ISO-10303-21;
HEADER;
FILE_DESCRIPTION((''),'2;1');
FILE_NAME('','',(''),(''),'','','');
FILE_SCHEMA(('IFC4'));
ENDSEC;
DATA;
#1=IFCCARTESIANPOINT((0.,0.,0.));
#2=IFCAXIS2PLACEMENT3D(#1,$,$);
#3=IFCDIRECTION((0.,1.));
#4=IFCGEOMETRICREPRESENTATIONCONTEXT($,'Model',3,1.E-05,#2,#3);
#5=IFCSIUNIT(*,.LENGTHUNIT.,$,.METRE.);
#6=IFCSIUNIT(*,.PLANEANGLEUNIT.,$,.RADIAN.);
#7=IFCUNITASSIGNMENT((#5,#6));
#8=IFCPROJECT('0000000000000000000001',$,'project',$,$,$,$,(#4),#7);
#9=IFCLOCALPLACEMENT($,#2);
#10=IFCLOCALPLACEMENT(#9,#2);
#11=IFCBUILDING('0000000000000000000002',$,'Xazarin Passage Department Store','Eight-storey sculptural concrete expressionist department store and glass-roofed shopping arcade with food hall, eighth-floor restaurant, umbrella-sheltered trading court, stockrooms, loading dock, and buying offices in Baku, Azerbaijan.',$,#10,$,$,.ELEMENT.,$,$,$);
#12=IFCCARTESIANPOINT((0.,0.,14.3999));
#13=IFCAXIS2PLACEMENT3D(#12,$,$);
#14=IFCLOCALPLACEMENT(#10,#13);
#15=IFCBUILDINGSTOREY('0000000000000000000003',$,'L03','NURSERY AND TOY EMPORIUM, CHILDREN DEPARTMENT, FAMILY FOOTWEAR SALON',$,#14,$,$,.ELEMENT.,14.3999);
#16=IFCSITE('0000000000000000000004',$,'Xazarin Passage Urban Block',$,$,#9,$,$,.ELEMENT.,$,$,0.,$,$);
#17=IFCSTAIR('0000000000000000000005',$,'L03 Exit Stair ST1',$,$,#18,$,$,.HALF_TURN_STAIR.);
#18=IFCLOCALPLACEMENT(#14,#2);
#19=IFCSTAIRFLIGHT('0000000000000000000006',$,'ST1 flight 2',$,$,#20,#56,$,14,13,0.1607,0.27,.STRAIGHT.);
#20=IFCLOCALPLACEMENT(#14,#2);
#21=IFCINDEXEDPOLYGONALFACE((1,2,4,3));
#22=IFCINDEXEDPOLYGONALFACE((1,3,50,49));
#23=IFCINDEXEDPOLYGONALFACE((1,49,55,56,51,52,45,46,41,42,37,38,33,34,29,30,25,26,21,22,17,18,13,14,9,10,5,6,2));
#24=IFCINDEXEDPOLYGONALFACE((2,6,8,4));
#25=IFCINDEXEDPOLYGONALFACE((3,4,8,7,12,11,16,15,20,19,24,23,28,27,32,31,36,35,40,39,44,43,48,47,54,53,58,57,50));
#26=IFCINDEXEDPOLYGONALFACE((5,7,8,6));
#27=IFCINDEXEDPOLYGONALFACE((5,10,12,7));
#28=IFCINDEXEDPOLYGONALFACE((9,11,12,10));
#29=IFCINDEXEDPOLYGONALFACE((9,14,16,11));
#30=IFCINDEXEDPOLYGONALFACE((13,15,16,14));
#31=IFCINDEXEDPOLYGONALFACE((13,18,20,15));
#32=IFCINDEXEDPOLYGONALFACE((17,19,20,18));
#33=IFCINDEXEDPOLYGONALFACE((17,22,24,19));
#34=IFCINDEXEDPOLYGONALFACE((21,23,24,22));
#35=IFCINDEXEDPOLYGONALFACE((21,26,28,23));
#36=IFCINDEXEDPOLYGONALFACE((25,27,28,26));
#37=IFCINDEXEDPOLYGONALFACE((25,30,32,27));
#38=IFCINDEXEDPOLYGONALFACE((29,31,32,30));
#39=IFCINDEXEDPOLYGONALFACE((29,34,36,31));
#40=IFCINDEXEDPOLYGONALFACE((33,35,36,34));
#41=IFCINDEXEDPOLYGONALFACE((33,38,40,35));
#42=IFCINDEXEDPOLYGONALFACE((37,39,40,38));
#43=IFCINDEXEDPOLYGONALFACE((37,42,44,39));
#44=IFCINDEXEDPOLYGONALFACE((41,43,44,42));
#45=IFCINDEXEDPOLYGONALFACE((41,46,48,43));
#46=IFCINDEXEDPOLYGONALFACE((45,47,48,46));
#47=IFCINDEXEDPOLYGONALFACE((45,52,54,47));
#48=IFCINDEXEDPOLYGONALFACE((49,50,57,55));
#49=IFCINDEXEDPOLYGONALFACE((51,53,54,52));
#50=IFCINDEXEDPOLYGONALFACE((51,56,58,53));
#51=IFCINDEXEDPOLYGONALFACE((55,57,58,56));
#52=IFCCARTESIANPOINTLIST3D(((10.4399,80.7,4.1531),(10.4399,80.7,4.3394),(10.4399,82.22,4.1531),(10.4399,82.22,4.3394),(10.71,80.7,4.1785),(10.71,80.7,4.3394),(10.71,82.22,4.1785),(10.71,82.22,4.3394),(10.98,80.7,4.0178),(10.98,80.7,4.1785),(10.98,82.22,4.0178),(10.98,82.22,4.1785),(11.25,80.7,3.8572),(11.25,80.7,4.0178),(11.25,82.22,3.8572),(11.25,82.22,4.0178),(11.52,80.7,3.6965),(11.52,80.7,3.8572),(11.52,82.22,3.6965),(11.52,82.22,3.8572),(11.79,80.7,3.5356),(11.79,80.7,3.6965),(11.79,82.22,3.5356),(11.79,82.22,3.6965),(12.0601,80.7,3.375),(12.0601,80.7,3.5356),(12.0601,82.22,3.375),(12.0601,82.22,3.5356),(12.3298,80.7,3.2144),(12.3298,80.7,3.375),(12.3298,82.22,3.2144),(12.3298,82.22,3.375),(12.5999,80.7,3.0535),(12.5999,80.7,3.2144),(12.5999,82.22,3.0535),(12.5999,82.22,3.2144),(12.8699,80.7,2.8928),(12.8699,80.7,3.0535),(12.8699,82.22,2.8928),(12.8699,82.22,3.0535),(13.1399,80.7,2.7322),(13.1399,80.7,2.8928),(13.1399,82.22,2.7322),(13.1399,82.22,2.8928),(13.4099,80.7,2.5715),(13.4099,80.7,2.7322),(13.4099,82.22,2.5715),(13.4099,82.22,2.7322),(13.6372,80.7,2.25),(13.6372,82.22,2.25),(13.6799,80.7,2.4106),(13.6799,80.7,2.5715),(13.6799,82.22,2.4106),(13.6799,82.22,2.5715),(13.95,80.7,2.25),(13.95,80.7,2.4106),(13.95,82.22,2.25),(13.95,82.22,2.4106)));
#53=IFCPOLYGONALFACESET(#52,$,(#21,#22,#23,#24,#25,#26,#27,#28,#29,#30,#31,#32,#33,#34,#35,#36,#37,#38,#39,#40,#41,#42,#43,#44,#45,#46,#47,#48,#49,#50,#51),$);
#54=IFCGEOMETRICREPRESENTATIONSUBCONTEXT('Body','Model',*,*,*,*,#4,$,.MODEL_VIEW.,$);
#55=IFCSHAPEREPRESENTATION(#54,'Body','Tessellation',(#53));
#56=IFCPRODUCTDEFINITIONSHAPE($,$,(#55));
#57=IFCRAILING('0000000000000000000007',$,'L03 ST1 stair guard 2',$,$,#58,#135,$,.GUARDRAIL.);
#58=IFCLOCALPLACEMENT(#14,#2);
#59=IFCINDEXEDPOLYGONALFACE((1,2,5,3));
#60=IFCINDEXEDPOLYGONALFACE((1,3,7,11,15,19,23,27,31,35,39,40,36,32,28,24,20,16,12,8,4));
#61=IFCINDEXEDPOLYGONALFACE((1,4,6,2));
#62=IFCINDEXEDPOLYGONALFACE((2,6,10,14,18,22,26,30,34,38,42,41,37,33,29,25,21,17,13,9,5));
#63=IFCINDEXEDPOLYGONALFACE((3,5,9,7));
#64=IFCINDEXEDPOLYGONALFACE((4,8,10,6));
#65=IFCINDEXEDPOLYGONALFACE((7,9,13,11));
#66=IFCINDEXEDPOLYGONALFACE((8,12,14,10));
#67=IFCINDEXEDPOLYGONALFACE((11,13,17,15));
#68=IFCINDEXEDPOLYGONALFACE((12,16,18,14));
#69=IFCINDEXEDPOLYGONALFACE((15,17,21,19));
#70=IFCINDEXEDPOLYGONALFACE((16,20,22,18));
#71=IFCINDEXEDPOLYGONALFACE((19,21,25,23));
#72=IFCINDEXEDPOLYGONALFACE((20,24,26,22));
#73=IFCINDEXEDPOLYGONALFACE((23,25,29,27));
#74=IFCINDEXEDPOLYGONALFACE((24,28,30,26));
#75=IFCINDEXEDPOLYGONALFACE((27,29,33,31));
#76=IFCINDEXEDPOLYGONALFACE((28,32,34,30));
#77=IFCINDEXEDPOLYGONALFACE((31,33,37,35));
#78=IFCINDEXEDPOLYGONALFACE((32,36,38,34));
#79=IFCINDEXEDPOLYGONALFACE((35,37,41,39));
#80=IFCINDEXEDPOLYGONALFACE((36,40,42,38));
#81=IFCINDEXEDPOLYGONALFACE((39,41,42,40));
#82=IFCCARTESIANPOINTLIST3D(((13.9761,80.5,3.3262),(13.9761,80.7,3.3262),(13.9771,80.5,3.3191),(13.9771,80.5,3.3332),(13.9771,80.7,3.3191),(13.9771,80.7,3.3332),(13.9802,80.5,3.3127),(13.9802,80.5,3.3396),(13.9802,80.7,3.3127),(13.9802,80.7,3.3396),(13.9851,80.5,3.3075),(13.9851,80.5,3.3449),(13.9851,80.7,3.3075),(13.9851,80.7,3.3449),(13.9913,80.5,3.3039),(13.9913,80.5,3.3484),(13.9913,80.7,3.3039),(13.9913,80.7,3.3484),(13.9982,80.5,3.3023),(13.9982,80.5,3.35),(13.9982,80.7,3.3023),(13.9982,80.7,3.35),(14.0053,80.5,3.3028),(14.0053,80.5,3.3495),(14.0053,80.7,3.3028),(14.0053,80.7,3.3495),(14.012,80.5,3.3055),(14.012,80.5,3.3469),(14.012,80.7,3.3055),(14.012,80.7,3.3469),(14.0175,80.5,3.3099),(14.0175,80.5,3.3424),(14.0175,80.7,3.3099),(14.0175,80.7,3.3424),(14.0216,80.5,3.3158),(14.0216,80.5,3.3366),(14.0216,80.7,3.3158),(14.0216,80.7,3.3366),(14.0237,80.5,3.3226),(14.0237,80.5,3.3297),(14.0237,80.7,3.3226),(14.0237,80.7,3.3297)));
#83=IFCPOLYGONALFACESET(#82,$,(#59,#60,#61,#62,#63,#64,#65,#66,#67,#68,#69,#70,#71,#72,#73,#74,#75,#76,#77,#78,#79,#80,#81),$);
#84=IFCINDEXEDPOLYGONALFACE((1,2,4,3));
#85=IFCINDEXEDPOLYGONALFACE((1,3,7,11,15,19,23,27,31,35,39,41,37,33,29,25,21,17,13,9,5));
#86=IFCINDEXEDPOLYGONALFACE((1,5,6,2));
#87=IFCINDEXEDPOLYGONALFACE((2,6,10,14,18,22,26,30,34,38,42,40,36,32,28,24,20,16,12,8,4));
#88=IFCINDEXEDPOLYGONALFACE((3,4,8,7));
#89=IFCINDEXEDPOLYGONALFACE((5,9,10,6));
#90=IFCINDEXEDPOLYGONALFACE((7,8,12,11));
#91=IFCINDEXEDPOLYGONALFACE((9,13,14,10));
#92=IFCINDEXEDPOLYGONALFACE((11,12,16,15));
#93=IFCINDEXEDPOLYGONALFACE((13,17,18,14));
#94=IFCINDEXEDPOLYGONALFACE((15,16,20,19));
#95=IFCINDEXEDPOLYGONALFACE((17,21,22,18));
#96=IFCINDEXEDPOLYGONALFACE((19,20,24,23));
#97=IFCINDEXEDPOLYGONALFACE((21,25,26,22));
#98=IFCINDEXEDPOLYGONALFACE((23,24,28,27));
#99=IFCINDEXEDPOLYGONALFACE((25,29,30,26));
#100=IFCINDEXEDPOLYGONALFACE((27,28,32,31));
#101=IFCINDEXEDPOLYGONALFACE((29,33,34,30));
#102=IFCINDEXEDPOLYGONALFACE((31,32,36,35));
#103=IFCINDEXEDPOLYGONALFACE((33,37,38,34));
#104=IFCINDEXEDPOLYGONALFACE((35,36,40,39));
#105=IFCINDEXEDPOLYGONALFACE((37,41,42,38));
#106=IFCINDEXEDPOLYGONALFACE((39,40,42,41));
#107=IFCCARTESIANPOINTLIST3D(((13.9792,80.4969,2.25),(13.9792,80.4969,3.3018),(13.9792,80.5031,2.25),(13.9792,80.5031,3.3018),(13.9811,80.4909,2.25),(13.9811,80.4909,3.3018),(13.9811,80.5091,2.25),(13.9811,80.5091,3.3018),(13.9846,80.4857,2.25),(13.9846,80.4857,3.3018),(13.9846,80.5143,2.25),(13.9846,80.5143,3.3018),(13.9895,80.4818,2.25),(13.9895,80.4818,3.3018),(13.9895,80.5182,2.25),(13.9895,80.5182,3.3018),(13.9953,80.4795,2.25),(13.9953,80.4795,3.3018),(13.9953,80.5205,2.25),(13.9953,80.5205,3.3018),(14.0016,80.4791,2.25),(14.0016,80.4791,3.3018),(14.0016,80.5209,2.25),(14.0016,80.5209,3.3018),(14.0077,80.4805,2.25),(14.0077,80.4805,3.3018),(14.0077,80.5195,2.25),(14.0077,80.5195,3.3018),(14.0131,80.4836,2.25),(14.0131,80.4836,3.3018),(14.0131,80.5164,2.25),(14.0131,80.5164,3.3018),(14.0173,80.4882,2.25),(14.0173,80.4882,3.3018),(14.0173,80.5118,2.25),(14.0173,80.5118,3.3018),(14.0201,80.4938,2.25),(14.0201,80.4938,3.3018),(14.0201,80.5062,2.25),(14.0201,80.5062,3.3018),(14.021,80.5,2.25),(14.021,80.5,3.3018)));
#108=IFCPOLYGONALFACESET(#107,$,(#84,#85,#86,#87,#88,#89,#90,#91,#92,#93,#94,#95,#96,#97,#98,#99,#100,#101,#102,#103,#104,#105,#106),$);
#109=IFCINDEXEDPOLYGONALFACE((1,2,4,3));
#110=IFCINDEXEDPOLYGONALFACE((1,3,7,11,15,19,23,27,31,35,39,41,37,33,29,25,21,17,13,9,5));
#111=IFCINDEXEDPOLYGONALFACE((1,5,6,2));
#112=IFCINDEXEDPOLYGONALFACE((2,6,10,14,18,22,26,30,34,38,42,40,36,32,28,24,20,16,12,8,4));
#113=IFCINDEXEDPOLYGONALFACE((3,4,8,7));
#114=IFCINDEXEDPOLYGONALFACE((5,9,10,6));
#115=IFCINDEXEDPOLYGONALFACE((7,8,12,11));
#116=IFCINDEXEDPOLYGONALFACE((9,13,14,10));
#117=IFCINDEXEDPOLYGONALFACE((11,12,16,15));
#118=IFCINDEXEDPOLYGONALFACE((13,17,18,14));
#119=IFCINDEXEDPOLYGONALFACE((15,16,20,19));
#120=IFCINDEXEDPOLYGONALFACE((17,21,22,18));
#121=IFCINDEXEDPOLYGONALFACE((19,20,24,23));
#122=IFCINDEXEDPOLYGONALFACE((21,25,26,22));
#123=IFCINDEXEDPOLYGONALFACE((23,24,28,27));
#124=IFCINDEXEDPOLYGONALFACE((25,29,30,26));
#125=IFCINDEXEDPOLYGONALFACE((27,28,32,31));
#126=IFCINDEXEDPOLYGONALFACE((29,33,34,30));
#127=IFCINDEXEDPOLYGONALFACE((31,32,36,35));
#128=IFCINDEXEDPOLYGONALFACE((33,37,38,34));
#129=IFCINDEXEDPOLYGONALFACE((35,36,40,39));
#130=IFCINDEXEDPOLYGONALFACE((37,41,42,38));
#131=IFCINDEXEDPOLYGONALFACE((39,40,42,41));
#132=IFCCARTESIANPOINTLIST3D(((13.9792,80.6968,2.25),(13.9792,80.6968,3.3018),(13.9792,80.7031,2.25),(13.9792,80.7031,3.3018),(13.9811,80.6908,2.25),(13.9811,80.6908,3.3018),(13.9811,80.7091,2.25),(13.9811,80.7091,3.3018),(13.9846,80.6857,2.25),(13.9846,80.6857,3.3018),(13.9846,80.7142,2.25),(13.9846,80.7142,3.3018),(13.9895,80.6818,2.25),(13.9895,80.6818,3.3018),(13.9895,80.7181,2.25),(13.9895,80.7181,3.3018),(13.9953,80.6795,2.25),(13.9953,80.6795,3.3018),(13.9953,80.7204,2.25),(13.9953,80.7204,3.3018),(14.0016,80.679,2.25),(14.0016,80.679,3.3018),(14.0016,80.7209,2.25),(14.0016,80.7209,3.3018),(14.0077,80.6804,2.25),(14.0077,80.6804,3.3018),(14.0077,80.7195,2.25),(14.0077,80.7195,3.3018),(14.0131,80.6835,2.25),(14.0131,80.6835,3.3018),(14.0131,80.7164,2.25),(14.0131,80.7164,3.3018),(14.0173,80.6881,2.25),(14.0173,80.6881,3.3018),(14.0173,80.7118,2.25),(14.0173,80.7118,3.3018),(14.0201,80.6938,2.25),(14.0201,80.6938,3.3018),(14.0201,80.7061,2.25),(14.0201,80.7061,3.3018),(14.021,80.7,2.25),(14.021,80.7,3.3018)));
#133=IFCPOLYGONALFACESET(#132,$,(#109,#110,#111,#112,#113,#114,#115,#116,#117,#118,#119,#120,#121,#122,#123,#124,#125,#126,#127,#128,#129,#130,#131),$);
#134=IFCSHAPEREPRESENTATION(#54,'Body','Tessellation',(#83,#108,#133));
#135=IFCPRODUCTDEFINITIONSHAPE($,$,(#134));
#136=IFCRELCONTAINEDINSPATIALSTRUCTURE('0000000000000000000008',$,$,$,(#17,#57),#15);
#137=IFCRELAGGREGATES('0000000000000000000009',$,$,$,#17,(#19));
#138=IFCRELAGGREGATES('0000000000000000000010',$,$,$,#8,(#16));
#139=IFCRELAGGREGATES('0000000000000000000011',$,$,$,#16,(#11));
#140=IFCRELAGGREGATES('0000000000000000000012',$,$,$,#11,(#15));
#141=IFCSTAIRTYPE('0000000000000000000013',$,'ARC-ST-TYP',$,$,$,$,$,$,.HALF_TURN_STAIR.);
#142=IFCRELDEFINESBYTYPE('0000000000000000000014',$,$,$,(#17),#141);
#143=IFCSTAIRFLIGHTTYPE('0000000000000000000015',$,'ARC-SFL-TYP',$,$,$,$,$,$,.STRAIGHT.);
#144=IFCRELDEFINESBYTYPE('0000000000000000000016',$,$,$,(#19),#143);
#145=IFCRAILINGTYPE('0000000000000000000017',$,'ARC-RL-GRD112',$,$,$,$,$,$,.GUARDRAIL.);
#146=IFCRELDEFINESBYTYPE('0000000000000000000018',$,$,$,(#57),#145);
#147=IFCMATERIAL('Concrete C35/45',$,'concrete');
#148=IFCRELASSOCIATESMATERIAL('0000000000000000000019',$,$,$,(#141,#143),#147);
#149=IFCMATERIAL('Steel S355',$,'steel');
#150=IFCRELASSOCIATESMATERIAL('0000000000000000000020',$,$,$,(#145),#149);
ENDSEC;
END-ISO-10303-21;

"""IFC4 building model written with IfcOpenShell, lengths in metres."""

from ifc_helpers import new_model, si_unit, direction, frame, origin, origin_2d, place, context, subcontext, project, spatial, polyline, circle, outline, extrude, material, type_object, element, aggregate, save


model = new_model("IFC4")

# Units and contexts
model_context = context("Model", 3, precision=1e-05, world=origin(), true_north=direction((0.0, 1.0)))
body_context = subcontext(model_context, "Body", "Model", "MODEL_VIEW")
ifc_project = project(units=[si_unit("LENGTHUNIT", "METRE"), si_unit("PLANEANGLEUNIT", "RADIAN")], contexts=[model_context])

# Site, building, storey
site_placement = place(None, origin())
site = spatial("IfcSite", under=ifc_project, at=site_placement, Name="Xazarin Passage Urban Block", CompositionType="ELEMENT", RefElevation=0.0)
building_placement = place(site_placement, origin())
building = spatial("IfcBuilding", under=site, at=building_placement, Name="Xazarin Passage Department Store", Description="Eight-storey sculptural concrete expressionist department store and glass-roofed shopping arcade with food hall, eighth-floor restaurant, umbrella-sheltered trading court, stockrooms, loading dock, and buying offices in Baku, Azerbaijan.", CompositionType="ELEMENT")
storey_placement = place(building_placement, frame((0.0, 0.0, 14.3999)))
storey = spatial("IfcBuildingStorey", under=building, at=storey_placement, Name="L03", Description="NURSERY AND TOY EMPORIUM, CHILDREN DEPARTMENT, FAMILY FOOTWEAR SALON", CompositionType="ELEMENT", Elevation=14.3999)

# Shared definitions
ifc_material_1 = material(Name="Concrete C35/45", Category="concrete")

# Stair, stair flight
stair_type = type_object("IfcStairType", Name="ARC-ST-TYP", PredefinedType="HALF_TURN_STAIR", material=ifc_material_1)
stair_placement = place(storey_placement, origin())
stair = element("IfcStair", 1, at=stair_placement, inside=storey, type_object=stair_type, Name="L03 Exit Stair ST1", PredefinedType="HALF_TURN_STAIR")
stair_flight_type = type_object("IfcStairFlightType", Name="ARC-SFL-TYP", PredefinedType="STRAIGHT", material=ifc_material_1)
stair_flight_placement = place(storey_placement, frame((13.95, 81.46, 2.25), z_axis=(0.0, 0.0, 1.0), x_axis=(-1.0, 0.0, 0.0)))
stair_flight = element("IfcStairFlight", 2, at=stair_flight_placement, type_object=stair_flight_type, Name="ST1 flight 2", NumberOfRisers=14, NumberOfTreads=13, PredefinedType="STRAIGHT", RiserHeight=0.1607, TreadLength=0.27, context=body_context, shape_type="SweptSolid", body=[
    extrude(outline(polyline([(0.0, 0.0), (0.0, 0.1606), (0.27, 0.1606), (0.27, 0.3215), (0.54, 0.3215), (0.54, 0.4822), (0.8101, 0.4822), (0.8101, 0.6428), (1.0801, 0.6428), (1.0801, 0.8035), (1.3501, 0.8035), (1.3501, 0.9644), (1.6201, 0.9644), (1.6201, 1.125), (1.8899, 1.125), (1.8899, 1.2856), (2.1599, 1.2856), (2.1599, 1.4465), (2.4299, 1.4465), (2.4299, 1.6072), (2.7, 1.6072), (2.7, 1.7678), (2.97, 1.7678), (2.97, 1.9285), (3.24, 1.9285), (3.24, 2.0894), (3.51, 2.0894), (3.51, 2.25), (3.51, 1.9031), (0.3127, 0.0), (0.0, 0.0)])), frame((0.0, 0.76, 0.0), z_axis=(0.0, -1.0, 0.0), x_axis=(1.0, 0.0, 0.0)), (0.0, 0.0, 1.0), 1.52),
])
aggregate(stair, [stair_flight])

# Railing
ifc_material_2 = material(Name="Steel S355", Category="steel")
railing_type_1 = type_object("IfcRailingType", Name="ARC-RL-GRD112", PredefinedType="GUARDRAIL", material=ifc_material_2)
railing_1_placement = place(storey_placement, frame((14.0, 80.5, 2.25)))
element("IfcRailing", 3, at=railing_1_placement, inside=storey, type_object=railing_type_1, Name="L03 ST1 stair guard 2", PredefinedType="GUARDRAIL", context=body_context, shape_type="SweptSolid", body=[
    extrude(circle(Radius=0.0239, at=origin_2d()), frame((0.0, 0.0, 1.0762), z_axis=(0.0, 1.0, 0.0), x_axis=(-1.0, 0.0, 0.0)), (0.0, 0.0, 1.0), 0.2),
    extrude(circle(Radius=0.021, at=origin_2d()), origin(), (0.0, 0.0, 1.0), 1.0518),
    extrude(circle(Radius=0.021, at=origin_2d()), frame((0.0, 0.2, 0.0)), (0.0, 0.0, 1.0), 1.0518),
])

save(model, "model.ifc")
